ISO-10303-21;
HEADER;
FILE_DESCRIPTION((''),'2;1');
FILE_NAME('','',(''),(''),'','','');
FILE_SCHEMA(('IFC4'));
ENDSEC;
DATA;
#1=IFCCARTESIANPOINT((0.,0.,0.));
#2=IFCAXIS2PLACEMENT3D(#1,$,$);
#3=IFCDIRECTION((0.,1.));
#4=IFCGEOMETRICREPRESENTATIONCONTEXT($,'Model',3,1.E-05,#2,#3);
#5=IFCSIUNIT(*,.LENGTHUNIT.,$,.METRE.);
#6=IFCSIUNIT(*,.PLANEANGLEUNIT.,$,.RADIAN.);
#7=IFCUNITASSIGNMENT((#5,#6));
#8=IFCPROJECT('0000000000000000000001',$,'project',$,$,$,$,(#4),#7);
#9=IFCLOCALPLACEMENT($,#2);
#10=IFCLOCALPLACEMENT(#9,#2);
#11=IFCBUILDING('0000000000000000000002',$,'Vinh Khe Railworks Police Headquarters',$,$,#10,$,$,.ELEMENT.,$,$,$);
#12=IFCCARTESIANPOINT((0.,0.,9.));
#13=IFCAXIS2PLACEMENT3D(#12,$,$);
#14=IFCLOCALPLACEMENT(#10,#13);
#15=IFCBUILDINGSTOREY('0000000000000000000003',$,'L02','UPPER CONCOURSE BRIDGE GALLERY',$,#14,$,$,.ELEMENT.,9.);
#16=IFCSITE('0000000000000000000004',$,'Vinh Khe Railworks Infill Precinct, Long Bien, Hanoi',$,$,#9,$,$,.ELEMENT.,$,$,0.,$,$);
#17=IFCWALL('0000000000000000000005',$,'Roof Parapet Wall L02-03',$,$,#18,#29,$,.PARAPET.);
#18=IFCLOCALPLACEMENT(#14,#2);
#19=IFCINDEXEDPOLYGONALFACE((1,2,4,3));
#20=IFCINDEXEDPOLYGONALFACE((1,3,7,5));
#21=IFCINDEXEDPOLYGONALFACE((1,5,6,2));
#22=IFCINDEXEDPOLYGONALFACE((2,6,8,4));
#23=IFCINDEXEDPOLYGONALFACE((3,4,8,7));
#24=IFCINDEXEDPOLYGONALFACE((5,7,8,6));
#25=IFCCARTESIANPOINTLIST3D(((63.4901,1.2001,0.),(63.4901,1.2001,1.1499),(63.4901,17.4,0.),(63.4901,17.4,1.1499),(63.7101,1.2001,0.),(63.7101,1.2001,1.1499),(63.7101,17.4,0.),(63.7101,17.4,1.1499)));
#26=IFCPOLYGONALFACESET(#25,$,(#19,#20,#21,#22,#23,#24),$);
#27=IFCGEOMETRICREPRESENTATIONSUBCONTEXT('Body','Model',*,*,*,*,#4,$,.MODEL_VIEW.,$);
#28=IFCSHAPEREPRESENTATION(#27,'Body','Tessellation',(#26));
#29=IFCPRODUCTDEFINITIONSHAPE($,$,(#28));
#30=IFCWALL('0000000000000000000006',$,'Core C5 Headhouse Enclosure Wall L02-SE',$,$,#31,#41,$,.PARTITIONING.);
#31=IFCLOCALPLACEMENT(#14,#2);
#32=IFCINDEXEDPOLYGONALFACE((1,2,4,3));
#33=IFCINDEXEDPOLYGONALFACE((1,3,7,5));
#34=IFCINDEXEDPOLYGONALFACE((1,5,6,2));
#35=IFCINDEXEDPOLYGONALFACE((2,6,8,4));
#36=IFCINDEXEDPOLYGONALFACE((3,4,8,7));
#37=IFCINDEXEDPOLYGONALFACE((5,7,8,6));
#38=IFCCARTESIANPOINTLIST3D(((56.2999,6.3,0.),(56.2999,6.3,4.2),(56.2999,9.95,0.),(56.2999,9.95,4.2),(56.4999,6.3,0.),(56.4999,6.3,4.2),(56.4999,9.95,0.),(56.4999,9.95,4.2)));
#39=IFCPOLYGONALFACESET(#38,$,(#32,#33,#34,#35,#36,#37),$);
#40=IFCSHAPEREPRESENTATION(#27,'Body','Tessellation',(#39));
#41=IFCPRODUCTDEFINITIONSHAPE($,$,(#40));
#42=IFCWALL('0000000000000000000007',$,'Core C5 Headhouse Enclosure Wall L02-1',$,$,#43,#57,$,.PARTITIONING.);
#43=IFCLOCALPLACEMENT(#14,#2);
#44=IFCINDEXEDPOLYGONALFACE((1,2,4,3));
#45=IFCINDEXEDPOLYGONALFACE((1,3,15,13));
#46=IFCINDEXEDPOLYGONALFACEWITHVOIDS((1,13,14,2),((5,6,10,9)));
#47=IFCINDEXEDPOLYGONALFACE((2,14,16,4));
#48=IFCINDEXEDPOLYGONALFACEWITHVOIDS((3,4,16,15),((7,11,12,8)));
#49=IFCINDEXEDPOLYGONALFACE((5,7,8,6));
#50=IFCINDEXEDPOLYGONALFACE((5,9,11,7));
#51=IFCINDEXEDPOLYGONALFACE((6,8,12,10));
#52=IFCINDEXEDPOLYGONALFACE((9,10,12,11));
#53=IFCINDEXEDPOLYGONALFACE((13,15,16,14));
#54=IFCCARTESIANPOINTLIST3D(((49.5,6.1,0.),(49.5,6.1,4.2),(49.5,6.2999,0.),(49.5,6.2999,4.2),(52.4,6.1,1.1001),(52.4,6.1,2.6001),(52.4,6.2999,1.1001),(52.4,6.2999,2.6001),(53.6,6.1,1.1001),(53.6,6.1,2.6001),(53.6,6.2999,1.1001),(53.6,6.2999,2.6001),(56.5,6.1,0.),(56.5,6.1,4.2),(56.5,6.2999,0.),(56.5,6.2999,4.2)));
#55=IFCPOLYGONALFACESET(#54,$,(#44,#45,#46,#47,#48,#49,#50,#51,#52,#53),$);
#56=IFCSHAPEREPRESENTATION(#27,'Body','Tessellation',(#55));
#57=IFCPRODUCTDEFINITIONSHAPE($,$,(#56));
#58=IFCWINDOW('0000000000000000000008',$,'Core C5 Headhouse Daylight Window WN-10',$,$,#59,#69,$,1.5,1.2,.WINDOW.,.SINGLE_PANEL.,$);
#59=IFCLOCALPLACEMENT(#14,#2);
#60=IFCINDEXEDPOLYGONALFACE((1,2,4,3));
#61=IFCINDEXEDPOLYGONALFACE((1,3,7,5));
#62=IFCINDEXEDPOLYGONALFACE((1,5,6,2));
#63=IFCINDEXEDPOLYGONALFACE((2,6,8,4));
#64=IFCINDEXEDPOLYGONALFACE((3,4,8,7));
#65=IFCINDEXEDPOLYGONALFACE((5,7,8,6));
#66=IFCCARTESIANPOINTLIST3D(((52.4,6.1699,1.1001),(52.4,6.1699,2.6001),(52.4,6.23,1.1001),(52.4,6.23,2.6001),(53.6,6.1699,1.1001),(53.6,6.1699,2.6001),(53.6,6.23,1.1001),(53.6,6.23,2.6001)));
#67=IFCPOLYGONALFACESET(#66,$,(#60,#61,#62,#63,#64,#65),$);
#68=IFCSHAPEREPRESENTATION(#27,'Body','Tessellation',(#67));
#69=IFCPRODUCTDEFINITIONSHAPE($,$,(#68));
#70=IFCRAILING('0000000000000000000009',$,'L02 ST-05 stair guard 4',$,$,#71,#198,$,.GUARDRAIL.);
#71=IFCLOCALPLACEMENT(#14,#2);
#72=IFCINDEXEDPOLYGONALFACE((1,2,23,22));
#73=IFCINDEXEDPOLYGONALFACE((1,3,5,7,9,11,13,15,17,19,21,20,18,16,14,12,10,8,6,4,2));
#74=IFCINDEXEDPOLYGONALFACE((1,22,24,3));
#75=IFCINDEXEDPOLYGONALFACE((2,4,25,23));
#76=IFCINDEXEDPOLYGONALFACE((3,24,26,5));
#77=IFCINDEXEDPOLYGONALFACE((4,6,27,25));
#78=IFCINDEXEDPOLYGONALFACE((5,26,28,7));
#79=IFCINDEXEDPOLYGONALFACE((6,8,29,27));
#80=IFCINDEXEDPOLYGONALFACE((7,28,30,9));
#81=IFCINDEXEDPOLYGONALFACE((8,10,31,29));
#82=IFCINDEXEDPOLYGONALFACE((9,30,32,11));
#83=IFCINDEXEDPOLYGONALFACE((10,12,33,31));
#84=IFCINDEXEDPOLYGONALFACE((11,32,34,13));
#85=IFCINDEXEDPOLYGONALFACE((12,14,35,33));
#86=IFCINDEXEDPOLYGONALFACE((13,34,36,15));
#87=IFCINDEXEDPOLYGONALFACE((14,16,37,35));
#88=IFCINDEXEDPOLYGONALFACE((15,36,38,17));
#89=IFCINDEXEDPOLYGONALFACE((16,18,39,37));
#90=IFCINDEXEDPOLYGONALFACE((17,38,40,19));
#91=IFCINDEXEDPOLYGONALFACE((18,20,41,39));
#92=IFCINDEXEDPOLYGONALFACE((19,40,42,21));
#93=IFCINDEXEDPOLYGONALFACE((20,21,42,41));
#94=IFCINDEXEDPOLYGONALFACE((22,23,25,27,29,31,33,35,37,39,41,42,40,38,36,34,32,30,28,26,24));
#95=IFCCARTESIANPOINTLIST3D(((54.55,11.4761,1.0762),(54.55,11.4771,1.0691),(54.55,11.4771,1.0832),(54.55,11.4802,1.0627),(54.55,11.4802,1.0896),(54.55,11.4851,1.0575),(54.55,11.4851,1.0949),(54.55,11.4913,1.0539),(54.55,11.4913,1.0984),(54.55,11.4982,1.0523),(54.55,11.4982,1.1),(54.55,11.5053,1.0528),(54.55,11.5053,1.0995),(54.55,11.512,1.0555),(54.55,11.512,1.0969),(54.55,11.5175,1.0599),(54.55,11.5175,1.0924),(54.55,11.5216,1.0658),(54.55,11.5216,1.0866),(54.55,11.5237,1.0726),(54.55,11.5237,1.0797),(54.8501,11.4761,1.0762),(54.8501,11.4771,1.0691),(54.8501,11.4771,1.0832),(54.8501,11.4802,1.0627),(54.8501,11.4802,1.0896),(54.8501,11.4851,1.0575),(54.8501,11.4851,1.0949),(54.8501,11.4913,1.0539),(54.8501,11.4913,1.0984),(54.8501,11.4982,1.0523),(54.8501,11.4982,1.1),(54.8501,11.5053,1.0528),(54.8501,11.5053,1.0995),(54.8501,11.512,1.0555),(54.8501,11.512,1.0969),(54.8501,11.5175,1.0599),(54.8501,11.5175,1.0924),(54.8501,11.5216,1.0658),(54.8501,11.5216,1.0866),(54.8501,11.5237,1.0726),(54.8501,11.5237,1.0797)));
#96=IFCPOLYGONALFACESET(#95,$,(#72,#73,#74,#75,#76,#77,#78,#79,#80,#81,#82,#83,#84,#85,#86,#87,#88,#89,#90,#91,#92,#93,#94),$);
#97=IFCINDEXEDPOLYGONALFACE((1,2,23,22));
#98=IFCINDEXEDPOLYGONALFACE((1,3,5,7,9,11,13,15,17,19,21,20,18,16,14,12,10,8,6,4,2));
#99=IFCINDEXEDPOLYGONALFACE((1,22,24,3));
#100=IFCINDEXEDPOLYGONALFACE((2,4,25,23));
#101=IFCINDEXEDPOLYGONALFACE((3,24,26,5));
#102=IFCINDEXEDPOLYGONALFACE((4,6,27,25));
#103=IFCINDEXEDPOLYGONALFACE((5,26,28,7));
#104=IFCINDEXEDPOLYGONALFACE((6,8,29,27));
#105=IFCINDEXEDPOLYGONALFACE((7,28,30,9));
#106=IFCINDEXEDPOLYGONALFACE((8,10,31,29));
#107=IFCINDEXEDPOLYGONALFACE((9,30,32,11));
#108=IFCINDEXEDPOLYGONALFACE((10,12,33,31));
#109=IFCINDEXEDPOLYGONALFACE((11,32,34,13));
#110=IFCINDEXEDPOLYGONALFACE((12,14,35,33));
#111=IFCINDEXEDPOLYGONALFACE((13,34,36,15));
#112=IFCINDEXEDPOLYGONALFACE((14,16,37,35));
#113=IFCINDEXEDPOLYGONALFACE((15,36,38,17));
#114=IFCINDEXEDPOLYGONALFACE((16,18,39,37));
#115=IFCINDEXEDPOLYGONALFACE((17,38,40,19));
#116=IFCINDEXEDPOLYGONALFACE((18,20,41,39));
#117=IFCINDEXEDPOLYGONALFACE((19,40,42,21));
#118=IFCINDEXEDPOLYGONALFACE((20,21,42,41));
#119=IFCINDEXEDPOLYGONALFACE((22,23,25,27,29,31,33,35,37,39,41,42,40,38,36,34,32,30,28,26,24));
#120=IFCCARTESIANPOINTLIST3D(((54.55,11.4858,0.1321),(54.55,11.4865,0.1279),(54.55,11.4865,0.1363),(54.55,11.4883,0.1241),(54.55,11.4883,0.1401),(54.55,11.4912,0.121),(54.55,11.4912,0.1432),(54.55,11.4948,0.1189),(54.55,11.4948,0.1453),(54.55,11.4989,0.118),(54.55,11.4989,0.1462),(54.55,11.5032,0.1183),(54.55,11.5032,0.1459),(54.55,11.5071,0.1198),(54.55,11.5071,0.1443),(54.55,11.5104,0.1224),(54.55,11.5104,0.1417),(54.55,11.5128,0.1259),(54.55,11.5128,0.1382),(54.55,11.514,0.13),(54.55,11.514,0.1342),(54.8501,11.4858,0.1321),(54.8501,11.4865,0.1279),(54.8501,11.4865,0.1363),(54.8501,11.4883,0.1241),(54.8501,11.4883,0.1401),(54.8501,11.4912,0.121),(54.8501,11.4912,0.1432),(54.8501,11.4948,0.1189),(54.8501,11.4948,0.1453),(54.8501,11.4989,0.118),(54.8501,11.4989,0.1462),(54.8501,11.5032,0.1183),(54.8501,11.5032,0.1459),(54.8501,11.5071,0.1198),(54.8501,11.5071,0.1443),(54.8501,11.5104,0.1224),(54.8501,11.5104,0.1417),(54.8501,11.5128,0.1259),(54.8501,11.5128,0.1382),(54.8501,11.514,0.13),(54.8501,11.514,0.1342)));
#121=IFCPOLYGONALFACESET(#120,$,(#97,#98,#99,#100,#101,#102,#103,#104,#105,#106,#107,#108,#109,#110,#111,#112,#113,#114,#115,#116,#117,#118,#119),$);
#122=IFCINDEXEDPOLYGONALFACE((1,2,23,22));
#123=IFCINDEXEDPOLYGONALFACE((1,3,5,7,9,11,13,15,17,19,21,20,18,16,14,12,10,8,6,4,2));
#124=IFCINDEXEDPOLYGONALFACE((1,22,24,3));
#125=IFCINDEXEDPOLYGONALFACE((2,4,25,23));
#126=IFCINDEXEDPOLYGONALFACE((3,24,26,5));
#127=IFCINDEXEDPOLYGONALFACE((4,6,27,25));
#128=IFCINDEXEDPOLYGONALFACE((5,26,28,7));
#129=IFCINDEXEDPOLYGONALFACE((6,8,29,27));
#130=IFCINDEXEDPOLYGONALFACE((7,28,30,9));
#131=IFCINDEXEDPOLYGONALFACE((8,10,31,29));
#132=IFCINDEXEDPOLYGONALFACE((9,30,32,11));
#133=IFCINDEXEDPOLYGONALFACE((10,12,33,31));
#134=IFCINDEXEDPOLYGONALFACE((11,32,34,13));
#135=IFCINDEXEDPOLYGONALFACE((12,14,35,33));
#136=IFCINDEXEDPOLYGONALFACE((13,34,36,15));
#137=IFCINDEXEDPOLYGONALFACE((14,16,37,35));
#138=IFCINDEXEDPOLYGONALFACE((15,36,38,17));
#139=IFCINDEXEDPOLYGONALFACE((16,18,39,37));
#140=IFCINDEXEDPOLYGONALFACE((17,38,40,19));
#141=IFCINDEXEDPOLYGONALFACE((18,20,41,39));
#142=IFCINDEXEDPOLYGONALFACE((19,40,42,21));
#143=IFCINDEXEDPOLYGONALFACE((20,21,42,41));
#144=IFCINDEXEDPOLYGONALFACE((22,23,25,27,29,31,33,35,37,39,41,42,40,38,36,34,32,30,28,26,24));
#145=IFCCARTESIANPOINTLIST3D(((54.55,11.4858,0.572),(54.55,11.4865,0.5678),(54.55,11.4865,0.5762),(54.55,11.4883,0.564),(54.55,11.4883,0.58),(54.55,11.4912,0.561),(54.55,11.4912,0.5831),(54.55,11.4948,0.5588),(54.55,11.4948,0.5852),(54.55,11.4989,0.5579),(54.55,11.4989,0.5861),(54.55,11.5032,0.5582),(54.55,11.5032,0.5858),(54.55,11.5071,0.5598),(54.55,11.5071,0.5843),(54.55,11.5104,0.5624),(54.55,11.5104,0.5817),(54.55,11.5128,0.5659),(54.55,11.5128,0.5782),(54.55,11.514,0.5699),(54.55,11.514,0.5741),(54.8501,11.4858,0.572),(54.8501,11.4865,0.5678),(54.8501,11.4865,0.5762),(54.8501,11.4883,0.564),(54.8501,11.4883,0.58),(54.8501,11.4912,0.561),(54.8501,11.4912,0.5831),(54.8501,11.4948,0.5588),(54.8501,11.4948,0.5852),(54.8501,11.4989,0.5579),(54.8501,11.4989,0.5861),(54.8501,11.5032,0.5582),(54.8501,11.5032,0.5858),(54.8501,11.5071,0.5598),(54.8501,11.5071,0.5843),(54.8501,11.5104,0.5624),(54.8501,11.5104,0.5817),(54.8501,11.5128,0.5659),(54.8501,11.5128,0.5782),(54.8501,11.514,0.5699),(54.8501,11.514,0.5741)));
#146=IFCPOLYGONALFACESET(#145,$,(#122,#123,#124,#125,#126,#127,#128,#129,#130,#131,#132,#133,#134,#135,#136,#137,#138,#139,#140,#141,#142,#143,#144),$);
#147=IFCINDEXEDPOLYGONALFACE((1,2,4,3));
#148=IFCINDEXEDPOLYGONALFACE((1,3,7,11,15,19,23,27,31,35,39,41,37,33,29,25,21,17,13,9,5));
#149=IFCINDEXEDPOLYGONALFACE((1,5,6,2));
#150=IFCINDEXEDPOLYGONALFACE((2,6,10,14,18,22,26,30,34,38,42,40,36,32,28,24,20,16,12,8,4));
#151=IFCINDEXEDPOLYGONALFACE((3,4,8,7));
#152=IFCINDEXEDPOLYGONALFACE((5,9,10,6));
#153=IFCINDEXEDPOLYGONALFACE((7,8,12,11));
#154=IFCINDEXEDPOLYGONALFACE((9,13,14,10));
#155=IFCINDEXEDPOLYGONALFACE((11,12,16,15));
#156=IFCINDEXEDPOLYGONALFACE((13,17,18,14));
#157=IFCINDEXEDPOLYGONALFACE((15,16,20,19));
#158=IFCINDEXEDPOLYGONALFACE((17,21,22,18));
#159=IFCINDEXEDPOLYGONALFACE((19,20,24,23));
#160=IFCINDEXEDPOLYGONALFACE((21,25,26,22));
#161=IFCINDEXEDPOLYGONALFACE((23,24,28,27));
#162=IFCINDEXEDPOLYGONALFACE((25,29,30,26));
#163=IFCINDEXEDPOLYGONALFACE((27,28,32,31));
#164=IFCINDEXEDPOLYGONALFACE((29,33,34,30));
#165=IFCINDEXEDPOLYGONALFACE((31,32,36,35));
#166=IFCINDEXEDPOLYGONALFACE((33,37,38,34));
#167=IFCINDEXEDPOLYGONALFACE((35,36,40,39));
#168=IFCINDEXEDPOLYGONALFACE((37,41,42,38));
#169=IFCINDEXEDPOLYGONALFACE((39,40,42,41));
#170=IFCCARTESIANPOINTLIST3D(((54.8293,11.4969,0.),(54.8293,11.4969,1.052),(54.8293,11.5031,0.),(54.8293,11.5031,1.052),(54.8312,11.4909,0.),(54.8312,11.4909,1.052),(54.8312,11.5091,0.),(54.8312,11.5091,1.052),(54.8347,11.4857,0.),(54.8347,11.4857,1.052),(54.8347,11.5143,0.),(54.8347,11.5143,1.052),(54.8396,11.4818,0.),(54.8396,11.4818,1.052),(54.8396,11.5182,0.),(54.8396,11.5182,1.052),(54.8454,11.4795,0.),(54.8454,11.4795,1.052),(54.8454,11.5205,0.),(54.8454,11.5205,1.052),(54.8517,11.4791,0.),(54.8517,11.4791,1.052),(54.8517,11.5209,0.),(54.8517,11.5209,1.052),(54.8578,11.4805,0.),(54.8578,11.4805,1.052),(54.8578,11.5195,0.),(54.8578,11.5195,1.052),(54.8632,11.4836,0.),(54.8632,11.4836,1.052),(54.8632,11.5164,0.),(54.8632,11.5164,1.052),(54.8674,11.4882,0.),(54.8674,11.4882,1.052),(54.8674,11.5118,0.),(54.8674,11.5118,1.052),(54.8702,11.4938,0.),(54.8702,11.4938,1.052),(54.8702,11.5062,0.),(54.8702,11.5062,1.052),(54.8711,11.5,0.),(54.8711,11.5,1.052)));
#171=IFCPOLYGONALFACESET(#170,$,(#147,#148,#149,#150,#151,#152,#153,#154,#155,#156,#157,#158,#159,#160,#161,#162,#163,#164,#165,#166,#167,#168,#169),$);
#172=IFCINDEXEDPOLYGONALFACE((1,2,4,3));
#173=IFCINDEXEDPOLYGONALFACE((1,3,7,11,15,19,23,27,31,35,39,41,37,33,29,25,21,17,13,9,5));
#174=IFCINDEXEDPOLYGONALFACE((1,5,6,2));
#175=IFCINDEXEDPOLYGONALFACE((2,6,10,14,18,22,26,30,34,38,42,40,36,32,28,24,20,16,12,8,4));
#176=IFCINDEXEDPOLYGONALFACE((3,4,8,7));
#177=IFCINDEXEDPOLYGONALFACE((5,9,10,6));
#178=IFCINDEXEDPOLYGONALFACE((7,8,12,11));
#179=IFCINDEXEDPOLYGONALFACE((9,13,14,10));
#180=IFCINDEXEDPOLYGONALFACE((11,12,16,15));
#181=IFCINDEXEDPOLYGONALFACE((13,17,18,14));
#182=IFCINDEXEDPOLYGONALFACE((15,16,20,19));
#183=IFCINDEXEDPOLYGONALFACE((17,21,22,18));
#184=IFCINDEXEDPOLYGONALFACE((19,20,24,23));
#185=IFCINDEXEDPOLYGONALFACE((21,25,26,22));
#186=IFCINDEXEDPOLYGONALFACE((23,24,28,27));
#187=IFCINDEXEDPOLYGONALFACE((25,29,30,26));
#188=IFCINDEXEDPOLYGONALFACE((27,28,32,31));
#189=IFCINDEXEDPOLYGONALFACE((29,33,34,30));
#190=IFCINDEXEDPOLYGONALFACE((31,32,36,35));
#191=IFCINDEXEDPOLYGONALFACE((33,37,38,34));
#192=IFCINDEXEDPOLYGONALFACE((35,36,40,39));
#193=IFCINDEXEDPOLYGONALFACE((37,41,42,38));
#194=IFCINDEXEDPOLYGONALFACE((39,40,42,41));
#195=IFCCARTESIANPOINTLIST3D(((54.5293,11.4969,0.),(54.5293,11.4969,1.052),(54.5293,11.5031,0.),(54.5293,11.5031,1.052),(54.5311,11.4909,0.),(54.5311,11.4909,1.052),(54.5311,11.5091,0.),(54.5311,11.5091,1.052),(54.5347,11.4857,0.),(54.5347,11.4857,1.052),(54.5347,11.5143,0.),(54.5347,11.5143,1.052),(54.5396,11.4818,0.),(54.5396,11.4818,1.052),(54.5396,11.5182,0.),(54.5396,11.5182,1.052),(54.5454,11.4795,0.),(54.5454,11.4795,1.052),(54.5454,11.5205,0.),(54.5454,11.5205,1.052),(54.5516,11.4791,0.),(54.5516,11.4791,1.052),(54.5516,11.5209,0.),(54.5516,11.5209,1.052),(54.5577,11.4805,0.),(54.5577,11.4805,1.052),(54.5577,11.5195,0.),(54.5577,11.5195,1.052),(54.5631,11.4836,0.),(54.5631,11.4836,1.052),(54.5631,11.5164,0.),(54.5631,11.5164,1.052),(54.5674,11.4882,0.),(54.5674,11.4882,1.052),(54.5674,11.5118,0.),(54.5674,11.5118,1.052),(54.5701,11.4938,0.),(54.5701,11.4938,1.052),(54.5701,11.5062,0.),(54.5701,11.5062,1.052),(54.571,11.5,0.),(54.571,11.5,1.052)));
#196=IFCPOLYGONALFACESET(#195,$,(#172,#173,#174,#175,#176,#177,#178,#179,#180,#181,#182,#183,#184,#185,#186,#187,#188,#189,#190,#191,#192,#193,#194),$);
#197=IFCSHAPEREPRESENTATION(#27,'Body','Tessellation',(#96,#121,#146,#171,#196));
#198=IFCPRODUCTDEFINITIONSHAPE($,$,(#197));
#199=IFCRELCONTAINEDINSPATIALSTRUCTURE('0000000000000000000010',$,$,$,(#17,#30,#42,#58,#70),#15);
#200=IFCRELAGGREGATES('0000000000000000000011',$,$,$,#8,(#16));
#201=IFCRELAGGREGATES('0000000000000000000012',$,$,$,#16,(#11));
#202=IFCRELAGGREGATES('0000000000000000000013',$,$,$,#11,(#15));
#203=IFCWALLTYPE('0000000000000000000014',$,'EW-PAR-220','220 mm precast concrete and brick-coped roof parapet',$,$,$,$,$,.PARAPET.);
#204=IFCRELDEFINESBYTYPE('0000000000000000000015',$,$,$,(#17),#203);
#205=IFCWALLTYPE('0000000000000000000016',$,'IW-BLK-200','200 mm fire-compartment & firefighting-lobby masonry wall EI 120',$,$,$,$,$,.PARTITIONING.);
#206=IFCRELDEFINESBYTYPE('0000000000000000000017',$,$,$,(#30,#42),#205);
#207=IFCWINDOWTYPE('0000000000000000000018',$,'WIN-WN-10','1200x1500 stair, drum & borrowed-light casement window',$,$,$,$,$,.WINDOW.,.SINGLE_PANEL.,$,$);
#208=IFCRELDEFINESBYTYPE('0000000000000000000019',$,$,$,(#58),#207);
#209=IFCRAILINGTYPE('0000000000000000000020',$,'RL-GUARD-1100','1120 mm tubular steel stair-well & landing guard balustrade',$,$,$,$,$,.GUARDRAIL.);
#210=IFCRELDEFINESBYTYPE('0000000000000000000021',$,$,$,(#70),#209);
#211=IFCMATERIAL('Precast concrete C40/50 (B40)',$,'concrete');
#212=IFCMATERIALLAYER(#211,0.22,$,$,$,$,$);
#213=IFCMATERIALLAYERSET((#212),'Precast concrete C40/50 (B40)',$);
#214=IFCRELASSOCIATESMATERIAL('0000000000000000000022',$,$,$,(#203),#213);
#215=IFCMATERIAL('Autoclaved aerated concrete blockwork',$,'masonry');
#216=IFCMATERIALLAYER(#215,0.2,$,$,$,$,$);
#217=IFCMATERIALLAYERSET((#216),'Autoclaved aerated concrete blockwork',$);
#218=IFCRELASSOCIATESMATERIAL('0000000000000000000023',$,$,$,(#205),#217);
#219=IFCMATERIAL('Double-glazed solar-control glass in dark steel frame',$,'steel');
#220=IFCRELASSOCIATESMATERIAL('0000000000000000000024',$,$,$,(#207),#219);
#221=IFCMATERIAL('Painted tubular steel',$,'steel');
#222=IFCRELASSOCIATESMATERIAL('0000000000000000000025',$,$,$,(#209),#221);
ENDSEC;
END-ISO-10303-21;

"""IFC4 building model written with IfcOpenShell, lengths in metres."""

from ifc_helpers import new_model, si_unit, direction, frame, frame_2d, origin, origin_2d, place, context, subcontext, project, spatial, rectangle, circle, extrude, material, layer, layer_set, type_object, element, fill, save


model = new_model("IFC4")

# Units and contexts
model_context = context("Model", 3, precision=1e-05, world=origin(), true_north=direction((0.0, 1.0)))
body_context = subcontext(model_context, "Body", "Model", "MODEL_VIEW")
ifc_project = project(units=[si_unit("LENGTHUNIT", "METRE"), si_unit("PLANEANGLEUNIT", "RADIAN")], contexts=[model_context])

# Site, building, storey
site_placement = place(None, origin())
site = spatial("IfcSite", under=ifc_project, at=site_placement, Name="Vinh Khe Railworks Infill Precinct, Long Bien, Hanoi", CompositionType="ELEMENT", RefElevation=0.0)
building_placement = place(site_placement, origin())
building = spatial("IfcBuilding", under=site, at=building_placement, Name="Vinh Khe Railworks Police Headquarters", CompositionType="ELEMENT")
storey_placement = place(building_placement, frame((0.0, 0.0, 9.0)))
storey = spatial("IfcBuildingStorey", under=building, at=storey_placement, Name="L02", Description="UPPER CONCOURSE BRIDGE GALLERY", CompositionType="ELEMENT", Elevation=9.0)

# Walls
ifc_material_1 = material(Name="Precast concrete C40/50 (B40)", Category="concrete")
ifc_layer_1 = layer(ifc_material_1, 0.22)
ifc_layer_set_1 = layer_set([ifc_layer_1], Name="Precast concrete C40/50 (B40)")
wall_type_1 = type_object("IfcWallType", Name="EW-PAR-220", Description="220 mm precast concrete and brick-coped roof parapet", PredefinedType="PARAPET", material=ifc_layer_set_1)
wall_1_placement = place(storey_placement, frame((63.6001, 1.2, 0.0), z_axis=(0.0, 0.0, 1.0), x_axis=(0.0, 1.0, 0.0)))
element("IfcWall", 1, at=wall_1_placement, inside=storey, type_object=wall_type_1, Name="Roof Parapet Wall L02-03", PredefinedType="PARAPET", context=body_context, shape_type="SweptSolid", body=[
    extrude(rectangle(XDim=16.2, YDim=0.22, at=frame_2d((8.1001, 0.0))), origin(), (0.0, 0.0, 1.0), 1.1499),
])
ifc_material_2 = material(Name="Autoclaved aerated concrete blockwork", Category="masonry")
ifc_layer_2 = layer(ifc_material_2, 0.2)
ifc_layer_set_2 = layer_set([ifc_layer_2], Name="Autoclaved aerated concrete blockwork")
wall_type_2 = type_object("IfcWallType", Name="IW-BLK-200", Description="200 mm fire-compartment & firefighting-lobby masonry wall EI 120", PredefinedType="PARTITIONING", material=ifc_layer_set_2)
wall_2_placement = place(storey_placement, frame((56.3999, 6.3, 0.0), z_axis=(0.0, 0.0, 1.0), x_axis=(0.0, 1.0, 0.0)))
element("IfcWall", 2, at=wall_2_placement, inside=storey, type_object=wall_type_2, Name="Core C5 Headhouse Enclosure Wall L02-SE", PredefinedType="PARTITIONING", context=body_context, shape_type="SweptSolid", body=[
    extrude(rectangle(XDim=3.6499, YDim=0.2, at=frame_2d((1.825, 0.0))), origin(), (0.0, 0.0, 1.0), 4.2),
])

# Wall, opening, window
wall_3_placement = place(storey_placement, frame((49.5, 6.2, 0.0), z_axis=(0.0, 0.0, 1.0), x_axis=(1.0, 0.0, 0.0)))
wall_3 = element("IfcWall", 3, at=wall_3_placement, inside=storey, type_object=wall_type_2, Name="Core C5 Headhouse Enclosure Wall L02-1", PredefinedType="PARTITIONING", context=body_context, shape_type="SweptSolid", body=[
    extrude(rectangle(XDim=7.0, YDim=0.2, at=frame_2d((3.5, 0.0))), origin(), (0.0, 0.0, 1.0), 4.2),
])
opening_1_placement = place(wall_3_placement, frame((2.8999, 0.0, 1.1001)))
opening_1 = element("IfcOpeningElement", 4, at=opening_1_placement, cuts=wall_3, PredefinedType="OPENING", context=body_context, shape_type="SweptSolid", body=[
    extrude(rectangle(XDim=1.2, YDim=1.5, at=frame_2d((0.6001, 0.75))), frame((0.0, 0.1147, 0.0), z_axis=(0.0, -1.0, 0.0), x_axis=(1.0, 0.0, 0.0)), (0.0, 0.0, 1.0), 0.2297),
])
ifc_material_3 = material(Name="Double-glazed solar-control glass in dark steel frame", Category="steel")
window_type = type_object("IfcWindowType", Name="WIN-WN-10", Description="1200x1500 stair, drum & borrowed-light casement window", PartitioningType="SINGLE_PANEL", PredefinedType="WINDOW", material=ifc_material_3)
window_placement = place(opening_1_placement, origin())
window = element("IfcWindow", 5, at=window_placement, inside=storey, type_object=window_type, Name="Core C5 Headhouse Daylight Window WN-10", OverallHeight=1.5, OverallWidth=1.2, PartitioningType="SINGLE_PANEL", PredefinedType="WINDOW", context=body_context, shape_type="SweptSolid", body=[
    extrude(rectangle(XDim=1.2, YDim=1.5, at=frame_2d((0.6001, 0.75))), frame((0.0, 0.03, 0.0), z_axis=(0.0, -1.0, 0.0), x_axis=(1.0, 0.0, 0.0)), (0.0, 0.0, 1.0), 0.0601),
])
fill(opening_1, window)

# Railing
ifc_material_4 = material(Name="Painted tubular steel", Category="steel")
railing_type = type_object("IfcRailingType", Name="RL-GUARD-1100", Description="1120 mm tubular steel stair-well & landing guard balustrade", PredefinedType="GUARDRAIL", material=ifc_material_4)
railing_placement = place(storey_placement, frame((54.8501, 11.5, 0.0)))
element("IfcRailing", 6, at=railing_placement, inside=storey, type_object=railing_type, Name="L02 ST-05 stair guard 4", PredefinedType="GUARDRAIL", context=body_context, shape_type="SweptSolid", body=[
    extrude(circle(Radius=0.0239, at=origin_2d()), frame((0.0, 0.0, 1.0762), z_axis=(-1.0, 0.0, 0.0), x_axis=(0.0, -1.0, 0.0)), (0.0, 0.0, 1.0), 0.3),
    extrude(circle(Radius=0.0142, at=origin_2d()), frame((0.0, 0.0, 0.1321), z_axis=(-1.0, 0.0, 0.0), x_axis=(0.0, -1.0, 0.0)), (0.0, 0.0, 1.0), 0.3),
    extrude(circle(Radius=0.0142, at=origin_2d()), frame((0.0, 0.0, 0.572), z_axis=(-1.0, 0.0, 0.0), x_axis=(0.0, -1.0, 0.0)), (0.0, 0.0, 1.0), 0.3),
    extrude(circle(Radius=0.021, at=origin_2d()), origin(), (0.0, 0.0, 1.0), 1.052),
    extrude(circle(Radius=0.021, at=origin_2d()), frame((-0.3, 0.0, 0.0)), (0.0, 0.0, 1.0), 1.052),
])

save(model, "model.ifc")
